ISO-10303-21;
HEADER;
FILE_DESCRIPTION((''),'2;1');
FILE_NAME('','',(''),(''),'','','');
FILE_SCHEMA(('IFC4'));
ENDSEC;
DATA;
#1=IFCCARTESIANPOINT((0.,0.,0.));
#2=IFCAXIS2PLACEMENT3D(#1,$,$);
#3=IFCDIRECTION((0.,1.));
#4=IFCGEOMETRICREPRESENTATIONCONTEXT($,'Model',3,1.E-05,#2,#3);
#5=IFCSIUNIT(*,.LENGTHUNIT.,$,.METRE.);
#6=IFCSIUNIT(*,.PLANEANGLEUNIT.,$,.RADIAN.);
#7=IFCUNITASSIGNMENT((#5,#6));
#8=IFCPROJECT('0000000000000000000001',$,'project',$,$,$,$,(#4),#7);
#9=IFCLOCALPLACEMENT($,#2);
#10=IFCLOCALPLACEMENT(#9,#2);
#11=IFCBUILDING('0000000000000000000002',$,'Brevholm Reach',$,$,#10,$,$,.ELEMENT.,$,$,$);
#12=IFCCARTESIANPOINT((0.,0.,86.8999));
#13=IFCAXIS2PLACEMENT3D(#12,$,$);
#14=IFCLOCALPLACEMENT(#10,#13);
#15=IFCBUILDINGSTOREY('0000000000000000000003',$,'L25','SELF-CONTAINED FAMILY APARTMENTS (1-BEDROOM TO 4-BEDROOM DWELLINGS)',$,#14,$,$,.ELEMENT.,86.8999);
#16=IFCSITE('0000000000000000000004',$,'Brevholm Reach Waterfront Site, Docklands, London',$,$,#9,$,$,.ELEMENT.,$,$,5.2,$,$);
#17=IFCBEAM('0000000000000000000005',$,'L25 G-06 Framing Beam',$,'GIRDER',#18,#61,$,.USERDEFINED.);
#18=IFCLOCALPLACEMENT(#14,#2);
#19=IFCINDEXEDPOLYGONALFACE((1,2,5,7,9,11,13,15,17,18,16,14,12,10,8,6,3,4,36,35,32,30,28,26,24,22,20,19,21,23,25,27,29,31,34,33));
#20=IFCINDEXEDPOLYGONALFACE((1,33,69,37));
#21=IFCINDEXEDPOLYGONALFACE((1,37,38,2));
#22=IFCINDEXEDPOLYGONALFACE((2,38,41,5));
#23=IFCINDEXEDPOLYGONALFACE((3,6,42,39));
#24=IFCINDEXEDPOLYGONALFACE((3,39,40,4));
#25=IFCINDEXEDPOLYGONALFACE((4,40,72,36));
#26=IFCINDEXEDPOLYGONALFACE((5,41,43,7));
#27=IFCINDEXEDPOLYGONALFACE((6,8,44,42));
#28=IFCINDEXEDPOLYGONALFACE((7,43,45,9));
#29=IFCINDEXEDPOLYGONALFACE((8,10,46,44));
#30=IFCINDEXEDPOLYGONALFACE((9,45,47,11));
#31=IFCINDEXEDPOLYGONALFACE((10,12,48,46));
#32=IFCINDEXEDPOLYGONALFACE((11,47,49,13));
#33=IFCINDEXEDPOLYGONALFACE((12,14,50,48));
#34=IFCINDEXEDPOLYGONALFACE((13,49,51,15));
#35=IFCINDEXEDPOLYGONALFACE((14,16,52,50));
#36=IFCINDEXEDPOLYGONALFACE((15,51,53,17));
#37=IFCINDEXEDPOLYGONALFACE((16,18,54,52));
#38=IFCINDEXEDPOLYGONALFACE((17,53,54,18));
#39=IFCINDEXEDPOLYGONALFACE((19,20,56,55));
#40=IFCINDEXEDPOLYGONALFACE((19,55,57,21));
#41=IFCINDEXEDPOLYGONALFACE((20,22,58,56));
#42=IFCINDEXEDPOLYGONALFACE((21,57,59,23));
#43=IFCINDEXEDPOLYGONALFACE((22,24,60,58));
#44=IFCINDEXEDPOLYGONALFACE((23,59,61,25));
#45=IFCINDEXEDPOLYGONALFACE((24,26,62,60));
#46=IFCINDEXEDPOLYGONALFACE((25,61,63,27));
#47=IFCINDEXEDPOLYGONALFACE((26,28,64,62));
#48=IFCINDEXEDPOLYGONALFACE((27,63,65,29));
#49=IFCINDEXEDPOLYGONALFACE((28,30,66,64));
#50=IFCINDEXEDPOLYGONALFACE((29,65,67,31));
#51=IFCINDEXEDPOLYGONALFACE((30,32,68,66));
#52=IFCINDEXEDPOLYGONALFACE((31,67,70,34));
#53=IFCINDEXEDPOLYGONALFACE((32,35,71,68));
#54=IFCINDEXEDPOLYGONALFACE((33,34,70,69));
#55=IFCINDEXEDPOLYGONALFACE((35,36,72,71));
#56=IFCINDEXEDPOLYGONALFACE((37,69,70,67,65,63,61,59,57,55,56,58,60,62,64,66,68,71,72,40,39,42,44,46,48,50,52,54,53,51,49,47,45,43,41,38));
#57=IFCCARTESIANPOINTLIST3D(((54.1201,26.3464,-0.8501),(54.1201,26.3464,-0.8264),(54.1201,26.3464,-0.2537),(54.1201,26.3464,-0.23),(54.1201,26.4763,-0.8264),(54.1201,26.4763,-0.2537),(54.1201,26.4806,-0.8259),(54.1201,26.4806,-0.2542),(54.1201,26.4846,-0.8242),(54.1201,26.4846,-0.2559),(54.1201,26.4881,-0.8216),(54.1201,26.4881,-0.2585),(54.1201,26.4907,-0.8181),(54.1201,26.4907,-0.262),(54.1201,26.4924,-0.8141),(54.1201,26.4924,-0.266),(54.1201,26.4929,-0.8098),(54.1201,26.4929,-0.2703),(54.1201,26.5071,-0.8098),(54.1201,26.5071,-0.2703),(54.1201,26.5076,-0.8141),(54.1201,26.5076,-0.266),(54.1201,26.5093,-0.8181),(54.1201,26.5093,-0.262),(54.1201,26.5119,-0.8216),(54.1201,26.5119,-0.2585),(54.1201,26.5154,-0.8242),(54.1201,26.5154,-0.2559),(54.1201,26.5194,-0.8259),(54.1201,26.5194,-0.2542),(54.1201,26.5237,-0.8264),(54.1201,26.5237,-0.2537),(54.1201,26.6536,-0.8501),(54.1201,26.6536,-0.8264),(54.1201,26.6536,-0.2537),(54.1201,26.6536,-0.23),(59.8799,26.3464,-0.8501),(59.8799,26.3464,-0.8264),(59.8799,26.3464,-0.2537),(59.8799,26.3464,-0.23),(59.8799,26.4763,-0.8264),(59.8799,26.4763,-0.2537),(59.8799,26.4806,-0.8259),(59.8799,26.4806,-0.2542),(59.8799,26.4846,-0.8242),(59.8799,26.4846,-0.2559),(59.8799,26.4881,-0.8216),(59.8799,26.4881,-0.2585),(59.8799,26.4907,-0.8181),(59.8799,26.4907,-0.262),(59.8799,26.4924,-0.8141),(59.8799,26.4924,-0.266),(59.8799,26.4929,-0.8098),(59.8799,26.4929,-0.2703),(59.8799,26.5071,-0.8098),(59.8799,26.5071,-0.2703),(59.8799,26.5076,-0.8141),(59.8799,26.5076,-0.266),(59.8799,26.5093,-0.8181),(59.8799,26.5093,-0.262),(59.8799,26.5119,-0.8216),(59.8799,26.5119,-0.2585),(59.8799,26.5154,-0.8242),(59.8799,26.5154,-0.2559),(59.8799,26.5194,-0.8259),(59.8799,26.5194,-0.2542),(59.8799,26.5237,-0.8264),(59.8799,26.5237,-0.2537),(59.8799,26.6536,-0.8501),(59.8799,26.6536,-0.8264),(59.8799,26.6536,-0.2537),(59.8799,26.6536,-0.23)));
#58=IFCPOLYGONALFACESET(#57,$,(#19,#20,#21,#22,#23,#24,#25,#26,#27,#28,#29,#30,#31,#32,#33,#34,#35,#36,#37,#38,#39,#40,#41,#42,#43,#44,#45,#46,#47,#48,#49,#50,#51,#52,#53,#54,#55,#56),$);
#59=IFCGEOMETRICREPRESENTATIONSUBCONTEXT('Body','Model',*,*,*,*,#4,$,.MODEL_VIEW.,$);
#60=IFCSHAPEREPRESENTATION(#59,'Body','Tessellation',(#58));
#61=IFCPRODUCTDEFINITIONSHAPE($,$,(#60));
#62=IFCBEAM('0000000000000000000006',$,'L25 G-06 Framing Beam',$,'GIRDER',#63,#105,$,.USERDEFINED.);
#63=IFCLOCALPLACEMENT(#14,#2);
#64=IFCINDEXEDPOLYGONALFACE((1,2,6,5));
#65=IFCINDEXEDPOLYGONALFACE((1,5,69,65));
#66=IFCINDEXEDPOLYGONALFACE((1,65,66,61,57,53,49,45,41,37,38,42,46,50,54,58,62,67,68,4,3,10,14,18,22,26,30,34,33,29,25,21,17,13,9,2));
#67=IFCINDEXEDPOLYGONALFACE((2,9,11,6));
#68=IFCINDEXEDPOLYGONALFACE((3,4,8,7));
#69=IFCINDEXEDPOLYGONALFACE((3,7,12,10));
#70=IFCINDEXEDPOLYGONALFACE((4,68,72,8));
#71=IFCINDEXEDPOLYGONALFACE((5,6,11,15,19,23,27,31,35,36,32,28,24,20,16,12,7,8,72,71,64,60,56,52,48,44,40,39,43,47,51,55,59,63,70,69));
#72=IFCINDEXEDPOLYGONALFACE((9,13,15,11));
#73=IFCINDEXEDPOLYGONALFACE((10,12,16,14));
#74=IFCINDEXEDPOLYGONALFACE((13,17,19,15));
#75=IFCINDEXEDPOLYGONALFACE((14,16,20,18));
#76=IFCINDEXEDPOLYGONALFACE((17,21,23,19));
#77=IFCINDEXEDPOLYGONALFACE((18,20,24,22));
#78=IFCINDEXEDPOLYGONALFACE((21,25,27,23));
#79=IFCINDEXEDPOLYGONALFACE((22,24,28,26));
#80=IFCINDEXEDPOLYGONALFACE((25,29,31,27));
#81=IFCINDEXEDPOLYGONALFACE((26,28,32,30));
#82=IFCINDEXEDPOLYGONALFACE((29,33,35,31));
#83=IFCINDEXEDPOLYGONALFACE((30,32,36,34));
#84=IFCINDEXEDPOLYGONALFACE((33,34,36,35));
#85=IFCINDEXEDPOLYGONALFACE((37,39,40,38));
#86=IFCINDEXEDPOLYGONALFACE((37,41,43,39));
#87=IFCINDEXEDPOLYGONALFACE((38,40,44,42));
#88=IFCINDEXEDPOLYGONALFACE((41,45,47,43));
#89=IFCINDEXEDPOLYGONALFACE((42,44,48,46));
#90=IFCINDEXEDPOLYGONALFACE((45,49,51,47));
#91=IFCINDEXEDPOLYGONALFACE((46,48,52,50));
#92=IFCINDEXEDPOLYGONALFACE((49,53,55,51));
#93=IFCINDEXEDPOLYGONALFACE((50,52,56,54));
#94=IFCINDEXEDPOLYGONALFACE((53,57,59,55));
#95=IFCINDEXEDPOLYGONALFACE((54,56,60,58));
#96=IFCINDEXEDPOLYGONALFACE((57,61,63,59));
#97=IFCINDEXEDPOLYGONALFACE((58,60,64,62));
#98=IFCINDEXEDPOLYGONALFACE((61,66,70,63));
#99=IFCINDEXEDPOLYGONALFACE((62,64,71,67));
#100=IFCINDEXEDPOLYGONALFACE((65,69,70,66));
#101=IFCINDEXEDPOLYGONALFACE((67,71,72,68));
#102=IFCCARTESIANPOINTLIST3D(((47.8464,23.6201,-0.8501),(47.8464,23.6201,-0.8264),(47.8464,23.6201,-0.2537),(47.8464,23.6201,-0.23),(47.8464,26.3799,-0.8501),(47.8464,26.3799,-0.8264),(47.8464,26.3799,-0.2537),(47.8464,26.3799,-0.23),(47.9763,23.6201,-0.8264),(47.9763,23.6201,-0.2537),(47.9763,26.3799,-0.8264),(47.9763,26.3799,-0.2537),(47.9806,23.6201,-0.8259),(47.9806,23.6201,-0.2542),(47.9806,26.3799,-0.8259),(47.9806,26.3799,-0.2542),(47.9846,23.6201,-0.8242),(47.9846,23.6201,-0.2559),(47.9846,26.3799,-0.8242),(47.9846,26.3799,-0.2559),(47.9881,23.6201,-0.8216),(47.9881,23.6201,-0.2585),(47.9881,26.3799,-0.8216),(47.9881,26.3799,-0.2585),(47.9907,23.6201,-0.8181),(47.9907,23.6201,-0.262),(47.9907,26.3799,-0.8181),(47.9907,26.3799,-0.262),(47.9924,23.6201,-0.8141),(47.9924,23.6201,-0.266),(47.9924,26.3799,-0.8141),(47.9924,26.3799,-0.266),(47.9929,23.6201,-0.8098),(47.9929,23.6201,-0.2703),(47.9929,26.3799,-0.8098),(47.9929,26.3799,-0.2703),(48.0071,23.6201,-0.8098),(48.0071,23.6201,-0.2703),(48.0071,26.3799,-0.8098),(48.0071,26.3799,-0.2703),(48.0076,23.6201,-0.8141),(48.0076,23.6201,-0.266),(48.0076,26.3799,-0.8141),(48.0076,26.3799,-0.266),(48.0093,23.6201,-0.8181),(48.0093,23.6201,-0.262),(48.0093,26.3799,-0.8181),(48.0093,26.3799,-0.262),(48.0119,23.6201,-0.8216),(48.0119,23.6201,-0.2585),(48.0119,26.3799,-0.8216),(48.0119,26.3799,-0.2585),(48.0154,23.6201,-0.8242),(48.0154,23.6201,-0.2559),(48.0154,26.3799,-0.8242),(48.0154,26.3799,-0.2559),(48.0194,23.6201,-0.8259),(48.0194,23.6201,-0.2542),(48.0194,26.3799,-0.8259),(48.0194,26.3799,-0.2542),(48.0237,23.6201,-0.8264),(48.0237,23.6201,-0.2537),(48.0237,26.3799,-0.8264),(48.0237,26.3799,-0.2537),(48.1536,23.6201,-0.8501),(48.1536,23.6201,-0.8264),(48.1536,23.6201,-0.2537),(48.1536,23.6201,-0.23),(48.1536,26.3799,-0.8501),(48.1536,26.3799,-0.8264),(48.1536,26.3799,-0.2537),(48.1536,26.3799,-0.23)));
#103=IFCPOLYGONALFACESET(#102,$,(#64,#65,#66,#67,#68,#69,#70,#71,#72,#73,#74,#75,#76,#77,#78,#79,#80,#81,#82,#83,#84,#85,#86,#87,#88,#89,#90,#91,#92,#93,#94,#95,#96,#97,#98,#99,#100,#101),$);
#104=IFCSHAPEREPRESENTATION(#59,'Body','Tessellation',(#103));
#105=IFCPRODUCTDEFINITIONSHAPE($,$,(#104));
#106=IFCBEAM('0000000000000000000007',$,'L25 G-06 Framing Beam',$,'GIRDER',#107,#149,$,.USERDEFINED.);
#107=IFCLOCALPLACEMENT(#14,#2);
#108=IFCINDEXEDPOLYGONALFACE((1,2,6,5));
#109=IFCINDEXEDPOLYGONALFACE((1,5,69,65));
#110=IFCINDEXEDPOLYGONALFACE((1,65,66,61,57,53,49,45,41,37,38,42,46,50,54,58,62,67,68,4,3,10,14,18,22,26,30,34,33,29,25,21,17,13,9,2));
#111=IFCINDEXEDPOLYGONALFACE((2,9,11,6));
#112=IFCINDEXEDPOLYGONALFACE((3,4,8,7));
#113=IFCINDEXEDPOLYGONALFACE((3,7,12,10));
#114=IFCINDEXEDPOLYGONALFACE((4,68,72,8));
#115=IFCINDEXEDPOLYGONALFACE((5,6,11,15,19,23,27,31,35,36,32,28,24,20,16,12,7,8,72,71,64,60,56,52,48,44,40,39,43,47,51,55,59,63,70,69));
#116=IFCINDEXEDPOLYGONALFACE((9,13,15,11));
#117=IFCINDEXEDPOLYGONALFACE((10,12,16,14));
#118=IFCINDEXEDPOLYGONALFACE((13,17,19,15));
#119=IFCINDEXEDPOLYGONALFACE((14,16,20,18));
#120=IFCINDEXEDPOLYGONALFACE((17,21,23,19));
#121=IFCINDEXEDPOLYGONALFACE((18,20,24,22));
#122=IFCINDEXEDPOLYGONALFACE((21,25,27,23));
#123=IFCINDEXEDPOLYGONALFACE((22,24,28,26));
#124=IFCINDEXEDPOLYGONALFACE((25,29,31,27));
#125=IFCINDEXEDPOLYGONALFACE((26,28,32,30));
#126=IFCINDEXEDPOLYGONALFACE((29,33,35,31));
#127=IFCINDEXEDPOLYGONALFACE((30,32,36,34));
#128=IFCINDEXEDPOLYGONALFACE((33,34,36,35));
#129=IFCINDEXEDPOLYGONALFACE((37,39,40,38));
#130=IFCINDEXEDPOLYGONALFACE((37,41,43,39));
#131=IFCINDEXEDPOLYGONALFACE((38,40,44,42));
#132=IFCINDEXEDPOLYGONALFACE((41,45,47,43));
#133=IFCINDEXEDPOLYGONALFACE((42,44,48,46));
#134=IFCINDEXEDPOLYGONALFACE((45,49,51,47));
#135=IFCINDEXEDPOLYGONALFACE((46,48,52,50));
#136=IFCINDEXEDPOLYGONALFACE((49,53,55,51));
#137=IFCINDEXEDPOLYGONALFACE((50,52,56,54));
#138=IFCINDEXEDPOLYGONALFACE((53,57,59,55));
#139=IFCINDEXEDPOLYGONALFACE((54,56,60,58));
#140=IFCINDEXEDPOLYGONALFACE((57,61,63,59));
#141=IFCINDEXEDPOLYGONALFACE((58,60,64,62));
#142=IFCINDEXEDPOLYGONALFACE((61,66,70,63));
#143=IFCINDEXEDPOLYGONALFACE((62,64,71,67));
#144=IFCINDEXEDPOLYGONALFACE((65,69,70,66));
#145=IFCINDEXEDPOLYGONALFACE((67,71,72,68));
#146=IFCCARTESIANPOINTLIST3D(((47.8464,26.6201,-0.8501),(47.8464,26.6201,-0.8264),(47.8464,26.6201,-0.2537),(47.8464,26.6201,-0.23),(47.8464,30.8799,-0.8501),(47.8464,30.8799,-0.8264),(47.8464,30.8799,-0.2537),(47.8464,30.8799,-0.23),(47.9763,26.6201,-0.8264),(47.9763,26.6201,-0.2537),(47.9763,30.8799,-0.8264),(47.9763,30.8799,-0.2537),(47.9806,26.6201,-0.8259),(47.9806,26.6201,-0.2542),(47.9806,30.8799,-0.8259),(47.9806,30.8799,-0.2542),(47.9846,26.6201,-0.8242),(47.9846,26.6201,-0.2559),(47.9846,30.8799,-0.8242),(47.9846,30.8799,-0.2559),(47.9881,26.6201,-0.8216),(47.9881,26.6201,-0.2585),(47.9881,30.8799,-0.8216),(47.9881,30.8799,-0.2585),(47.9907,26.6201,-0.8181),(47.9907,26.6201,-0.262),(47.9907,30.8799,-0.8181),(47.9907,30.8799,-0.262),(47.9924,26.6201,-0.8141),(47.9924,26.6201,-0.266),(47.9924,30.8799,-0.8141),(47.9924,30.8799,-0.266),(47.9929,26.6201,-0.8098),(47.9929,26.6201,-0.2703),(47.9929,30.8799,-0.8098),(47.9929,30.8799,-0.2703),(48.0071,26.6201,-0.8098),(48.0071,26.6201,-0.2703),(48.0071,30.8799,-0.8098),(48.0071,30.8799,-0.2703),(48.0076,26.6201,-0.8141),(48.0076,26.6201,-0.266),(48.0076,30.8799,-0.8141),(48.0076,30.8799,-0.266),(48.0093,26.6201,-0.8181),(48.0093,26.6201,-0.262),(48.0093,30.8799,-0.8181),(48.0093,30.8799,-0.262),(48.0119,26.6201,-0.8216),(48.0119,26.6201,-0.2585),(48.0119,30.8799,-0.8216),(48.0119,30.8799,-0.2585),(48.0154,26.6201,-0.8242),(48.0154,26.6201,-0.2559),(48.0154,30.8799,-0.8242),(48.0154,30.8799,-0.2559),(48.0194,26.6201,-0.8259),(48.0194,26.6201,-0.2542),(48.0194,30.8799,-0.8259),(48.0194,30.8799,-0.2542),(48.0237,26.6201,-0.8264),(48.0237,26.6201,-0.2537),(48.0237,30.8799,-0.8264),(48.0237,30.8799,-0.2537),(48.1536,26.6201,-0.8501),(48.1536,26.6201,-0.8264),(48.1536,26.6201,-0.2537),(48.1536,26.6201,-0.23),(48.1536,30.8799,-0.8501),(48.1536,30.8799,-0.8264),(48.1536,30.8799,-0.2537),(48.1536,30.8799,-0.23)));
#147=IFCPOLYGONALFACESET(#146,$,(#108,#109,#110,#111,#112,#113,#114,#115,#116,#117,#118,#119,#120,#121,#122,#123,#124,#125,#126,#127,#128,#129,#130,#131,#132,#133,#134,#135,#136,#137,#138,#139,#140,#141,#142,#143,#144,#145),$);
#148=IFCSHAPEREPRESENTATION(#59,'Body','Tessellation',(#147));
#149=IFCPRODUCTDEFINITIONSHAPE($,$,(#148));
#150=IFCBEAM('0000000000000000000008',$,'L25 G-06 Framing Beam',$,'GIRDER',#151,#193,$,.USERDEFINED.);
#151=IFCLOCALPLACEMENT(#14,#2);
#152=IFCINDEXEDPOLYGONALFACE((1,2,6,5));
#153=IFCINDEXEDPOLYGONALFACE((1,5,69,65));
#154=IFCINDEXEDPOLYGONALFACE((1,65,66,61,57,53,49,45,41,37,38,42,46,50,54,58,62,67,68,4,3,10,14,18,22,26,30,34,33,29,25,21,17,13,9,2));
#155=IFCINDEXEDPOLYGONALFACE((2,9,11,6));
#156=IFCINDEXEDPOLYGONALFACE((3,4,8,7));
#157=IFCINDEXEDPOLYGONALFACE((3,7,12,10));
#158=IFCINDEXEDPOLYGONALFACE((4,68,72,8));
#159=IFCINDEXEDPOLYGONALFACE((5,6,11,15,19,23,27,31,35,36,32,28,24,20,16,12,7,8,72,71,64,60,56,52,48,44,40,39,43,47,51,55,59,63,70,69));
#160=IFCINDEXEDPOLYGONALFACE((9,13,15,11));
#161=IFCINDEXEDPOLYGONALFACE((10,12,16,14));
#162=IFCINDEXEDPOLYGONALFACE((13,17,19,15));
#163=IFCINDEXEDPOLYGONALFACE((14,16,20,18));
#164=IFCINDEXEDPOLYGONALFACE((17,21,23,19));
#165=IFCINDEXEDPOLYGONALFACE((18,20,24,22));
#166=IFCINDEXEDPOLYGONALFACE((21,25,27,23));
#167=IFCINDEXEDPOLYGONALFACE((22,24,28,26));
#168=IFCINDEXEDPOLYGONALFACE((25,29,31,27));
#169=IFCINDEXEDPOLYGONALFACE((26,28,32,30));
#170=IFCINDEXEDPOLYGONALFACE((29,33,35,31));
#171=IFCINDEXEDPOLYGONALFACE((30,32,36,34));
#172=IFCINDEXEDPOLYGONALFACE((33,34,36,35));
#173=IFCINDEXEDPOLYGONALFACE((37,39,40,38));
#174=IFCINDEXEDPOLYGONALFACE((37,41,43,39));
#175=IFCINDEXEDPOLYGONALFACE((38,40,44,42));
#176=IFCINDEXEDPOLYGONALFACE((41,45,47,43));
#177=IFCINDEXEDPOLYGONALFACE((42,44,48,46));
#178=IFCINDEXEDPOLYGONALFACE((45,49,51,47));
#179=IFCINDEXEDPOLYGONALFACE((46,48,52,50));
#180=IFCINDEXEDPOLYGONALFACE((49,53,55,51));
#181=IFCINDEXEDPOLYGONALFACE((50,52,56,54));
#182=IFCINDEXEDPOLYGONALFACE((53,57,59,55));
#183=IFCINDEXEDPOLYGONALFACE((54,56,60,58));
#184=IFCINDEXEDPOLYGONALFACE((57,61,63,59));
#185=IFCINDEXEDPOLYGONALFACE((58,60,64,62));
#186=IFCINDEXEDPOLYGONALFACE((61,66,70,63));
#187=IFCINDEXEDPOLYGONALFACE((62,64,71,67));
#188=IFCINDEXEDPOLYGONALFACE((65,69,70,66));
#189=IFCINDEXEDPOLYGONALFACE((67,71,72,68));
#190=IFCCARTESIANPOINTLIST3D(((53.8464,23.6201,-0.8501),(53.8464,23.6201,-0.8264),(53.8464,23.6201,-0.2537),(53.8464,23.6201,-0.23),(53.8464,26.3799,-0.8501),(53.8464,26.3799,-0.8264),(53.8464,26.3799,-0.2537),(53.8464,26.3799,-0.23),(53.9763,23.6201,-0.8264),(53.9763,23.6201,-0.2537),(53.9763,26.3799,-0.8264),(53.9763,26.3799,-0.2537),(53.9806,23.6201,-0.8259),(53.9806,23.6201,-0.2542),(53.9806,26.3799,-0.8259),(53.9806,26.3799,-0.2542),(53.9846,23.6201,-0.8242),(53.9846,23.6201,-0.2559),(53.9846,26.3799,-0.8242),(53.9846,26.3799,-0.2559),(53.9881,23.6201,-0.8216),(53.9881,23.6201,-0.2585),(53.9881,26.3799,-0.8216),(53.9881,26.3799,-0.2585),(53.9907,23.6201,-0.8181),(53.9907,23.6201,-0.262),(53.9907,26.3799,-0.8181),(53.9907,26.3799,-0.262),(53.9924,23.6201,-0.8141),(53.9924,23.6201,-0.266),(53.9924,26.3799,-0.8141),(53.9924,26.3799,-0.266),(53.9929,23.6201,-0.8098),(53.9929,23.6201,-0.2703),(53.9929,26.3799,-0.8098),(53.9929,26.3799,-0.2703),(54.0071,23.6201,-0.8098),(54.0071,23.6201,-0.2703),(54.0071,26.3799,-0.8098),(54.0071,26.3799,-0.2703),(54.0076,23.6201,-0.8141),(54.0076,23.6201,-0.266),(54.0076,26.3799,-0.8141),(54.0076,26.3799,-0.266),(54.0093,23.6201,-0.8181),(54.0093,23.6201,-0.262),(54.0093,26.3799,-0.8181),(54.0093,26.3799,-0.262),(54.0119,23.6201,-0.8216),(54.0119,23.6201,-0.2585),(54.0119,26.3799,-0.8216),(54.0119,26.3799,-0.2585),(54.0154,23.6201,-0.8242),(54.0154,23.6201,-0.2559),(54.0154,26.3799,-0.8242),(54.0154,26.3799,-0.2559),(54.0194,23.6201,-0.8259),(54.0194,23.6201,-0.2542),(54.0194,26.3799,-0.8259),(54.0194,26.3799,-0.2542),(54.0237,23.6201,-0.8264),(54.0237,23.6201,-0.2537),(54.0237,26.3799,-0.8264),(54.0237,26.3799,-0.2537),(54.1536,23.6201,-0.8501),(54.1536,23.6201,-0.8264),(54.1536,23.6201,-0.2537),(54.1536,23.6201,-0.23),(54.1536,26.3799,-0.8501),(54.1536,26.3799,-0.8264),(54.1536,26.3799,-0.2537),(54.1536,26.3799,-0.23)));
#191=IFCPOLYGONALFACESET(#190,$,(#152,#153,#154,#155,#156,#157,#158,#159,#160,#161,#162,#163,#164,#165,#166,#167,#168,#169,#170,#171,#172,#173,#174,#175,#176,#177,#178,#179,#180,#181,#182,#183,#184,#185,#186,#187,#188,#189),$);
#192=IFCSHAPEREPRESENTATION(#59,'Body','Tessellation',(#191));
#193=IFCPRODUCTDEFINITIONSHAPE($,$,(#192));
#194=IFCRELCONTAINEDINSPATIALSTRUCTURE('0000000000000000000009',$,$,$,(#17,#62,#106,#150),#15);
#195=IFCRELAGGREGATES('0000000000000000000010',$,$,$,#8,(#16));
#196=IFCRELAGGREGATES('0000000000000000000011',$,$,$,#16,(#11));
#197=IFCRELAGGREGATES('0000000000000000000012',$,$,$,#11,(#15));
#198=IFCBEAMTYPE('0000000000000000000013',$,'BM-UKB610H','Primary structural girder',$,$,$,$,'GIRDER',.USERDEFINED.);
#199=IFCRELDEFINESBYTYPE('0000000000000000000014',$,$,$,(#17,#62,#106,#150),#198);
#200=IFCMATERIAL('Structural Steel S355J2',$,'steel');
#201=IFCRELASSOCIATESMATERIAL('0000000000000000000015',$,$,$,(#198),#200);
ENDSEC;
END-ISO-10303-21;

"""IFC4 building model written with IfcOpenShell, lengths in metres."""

from ifc_helpers import new_model, si_unit, direction, frame, origin, origin_2d, place, context, subcontext, project, spatial, i_section, extrude, material, material_profile, profile_set, type_object, element, save


model = new_model("IFC4")

# Units and contexts
model_context = context("Model", 3, precision=1e-05, world=origin(), true_north=direction((0.0, 1.0)))
body_context = subcontext(model_context, "Body", "Model", "MODEL_VIEW")
ifc_project = project(units=[si_unit("LENGTHUNIT", "METRE"), si_unit("PLANEANGLEUNIT", "RADIAN")], contexts=[model_context])

# Site, building, storey
site_placement = place(None, origin())
site = spatial("IfcSite", under=ifc_project, at=site_placement, Name="Brevholm Reach Waterfront Site, Docklands, London", CompositionType="ELEMENT", RefElevation=5.2)
building_placement = place(site_placement, origin())
building = spatial("IfcBuilding", under=site, at=building_placement, Name="Brevholm Reach", CompositionType="ELEMENT")
storey_placement = place(building_placement, frame((0.0, 0.0, 86.8999)))
storey = spatial("IfcBuildingStorey", under=building, at=storey_placement, Name="L25", Description="SELF-CONTAINED FAMILY APARTMENTS (1-BEDROOM TO 4-BEDROOM DWELLINGS)", CompositionType="ELEMENT", Elevation=86.8999)

# Beams
ifc_material_1 = material(Name="Structural Steel S355J2", Category="steel")
ifc_material_profile_1 = material_profile(ifc_material_1, i_section(OverallWidth=0.3071, OverallDepth=0.6201, WebThickness=0.0142, FlangeThickness=0.0237, FilletRadius=0.0166, at=origin_2d()), Name="UKB 610x305x179")
ifc_profile_set_1 = profile_set([ifc_material_profile_1], Name="Structural Steel S355J2")
beam_type_1 = type_object("IfcBeamType", Name="BM-UKB610H", Description="Primary structural girder", ElementType="GIRDER", PredefinedType="USERDEFINED", material=ifc_profile_set_1)
for number, where, z_axis, x_axis, name in (
    (1, (54.1201, 26.5, -0.54), (1.0, 0.0, 0.0), (0.0, 1.0, 0.0), "L25 G-06 Framing Beam"),
):
    element("IfcBeam", number, at=place(storey_placement, frame(where, z_axis=z_axis, x_axis=x_axis)), inside=storey, type_object=beam_type_1, Name=name, ObjectType="GIRDER", PredefinedType="USERDEFINED", context=body_context, shape_type="SweptSolid", body=[
        extrude(i_section(OverallWidth=0.3071, OverallDepth=0.6201, WebThickness=0.0142, FlangeThickness=0.0237, FilletRadius=0.0166, at=origin_2d()), origin(), (0.0, 0.0, 1.0), 5.7598),
    ])
beam_1_placement = place(storey_placement, frame((48.0, 23.6201, -0.54), z_axis=(0.0, 1.0, 0.0), x_axis=(-1.0, 0.0, 0.0)))
element("IfcBeam", 2, at=beam_1_placement, inside=storey, type_object=beam_type_1, Name="L25 G-06 Framing Beam", ObjectType="GIRDER", PredefinedType="USERDEFINED", context=body_context, shape_type="SweptSolid", body=[
    extrude(i_section(OverallWidth=0.3071, OverallDepth=0.6201, WebThickness=0.0142, FlangeThickness=0.0237, FilletRadius=0.0166, at=origin_2d()), origin(), (0.0, 0.0, 1.0), 2.7598),
])
beam_2_placement = place(storey_placement, frame((48.0, 26.6201, -0.54), z_axis=(0.0, 1.0, 0.0), x_axis=(-1.0, 0.0, 0.0)))
element("IfcBeam", 3, at=beam_2_placement, inside=storey, type_object=beam_type_1, Name="L25 G-06 Framing Beam", ObjectType="GIRDER", PredefinedType="USERDEFINED", context=body_context, shape_type="SweptSolid", body=[
    extrude(i_section(OverallWidth=0.3071, OverallDepth=0.6201, WebThickness=0.0142, FlangeThickness=0.0237, FilletRadius=0.0166, at=origin_2d()), origin(), (0.0, 0.0, 1.0), 4.2598),
])
beam_3_placement = place(storey_placement, frame((54.0, 23.6201, -0.54), z_axis=(0.0, 1.0, 0.0), x_axis=(-1.0, 0.0, 0.0)))
element("IfcBeam", 4, at=beam_3_placement, inside=storey, type_object=beam_type_1, Name="L25 G-06 Framing Beam", ObjectType="GIRDER", PredefinedType="USERDEFINED", context=body_context, shape_type="SweptSolid", body=[
    extrude(i_section(OverallWidth=0.3071, OverallDepth=0.6201, WebThickness=0.0142, FlangeThickness=0.0237, FilletRadius=0.0166, at=origin_2d()), origin(), (0.0, 0.0, 1.0), 2.7598),
])

save(model, "model.ifc")
